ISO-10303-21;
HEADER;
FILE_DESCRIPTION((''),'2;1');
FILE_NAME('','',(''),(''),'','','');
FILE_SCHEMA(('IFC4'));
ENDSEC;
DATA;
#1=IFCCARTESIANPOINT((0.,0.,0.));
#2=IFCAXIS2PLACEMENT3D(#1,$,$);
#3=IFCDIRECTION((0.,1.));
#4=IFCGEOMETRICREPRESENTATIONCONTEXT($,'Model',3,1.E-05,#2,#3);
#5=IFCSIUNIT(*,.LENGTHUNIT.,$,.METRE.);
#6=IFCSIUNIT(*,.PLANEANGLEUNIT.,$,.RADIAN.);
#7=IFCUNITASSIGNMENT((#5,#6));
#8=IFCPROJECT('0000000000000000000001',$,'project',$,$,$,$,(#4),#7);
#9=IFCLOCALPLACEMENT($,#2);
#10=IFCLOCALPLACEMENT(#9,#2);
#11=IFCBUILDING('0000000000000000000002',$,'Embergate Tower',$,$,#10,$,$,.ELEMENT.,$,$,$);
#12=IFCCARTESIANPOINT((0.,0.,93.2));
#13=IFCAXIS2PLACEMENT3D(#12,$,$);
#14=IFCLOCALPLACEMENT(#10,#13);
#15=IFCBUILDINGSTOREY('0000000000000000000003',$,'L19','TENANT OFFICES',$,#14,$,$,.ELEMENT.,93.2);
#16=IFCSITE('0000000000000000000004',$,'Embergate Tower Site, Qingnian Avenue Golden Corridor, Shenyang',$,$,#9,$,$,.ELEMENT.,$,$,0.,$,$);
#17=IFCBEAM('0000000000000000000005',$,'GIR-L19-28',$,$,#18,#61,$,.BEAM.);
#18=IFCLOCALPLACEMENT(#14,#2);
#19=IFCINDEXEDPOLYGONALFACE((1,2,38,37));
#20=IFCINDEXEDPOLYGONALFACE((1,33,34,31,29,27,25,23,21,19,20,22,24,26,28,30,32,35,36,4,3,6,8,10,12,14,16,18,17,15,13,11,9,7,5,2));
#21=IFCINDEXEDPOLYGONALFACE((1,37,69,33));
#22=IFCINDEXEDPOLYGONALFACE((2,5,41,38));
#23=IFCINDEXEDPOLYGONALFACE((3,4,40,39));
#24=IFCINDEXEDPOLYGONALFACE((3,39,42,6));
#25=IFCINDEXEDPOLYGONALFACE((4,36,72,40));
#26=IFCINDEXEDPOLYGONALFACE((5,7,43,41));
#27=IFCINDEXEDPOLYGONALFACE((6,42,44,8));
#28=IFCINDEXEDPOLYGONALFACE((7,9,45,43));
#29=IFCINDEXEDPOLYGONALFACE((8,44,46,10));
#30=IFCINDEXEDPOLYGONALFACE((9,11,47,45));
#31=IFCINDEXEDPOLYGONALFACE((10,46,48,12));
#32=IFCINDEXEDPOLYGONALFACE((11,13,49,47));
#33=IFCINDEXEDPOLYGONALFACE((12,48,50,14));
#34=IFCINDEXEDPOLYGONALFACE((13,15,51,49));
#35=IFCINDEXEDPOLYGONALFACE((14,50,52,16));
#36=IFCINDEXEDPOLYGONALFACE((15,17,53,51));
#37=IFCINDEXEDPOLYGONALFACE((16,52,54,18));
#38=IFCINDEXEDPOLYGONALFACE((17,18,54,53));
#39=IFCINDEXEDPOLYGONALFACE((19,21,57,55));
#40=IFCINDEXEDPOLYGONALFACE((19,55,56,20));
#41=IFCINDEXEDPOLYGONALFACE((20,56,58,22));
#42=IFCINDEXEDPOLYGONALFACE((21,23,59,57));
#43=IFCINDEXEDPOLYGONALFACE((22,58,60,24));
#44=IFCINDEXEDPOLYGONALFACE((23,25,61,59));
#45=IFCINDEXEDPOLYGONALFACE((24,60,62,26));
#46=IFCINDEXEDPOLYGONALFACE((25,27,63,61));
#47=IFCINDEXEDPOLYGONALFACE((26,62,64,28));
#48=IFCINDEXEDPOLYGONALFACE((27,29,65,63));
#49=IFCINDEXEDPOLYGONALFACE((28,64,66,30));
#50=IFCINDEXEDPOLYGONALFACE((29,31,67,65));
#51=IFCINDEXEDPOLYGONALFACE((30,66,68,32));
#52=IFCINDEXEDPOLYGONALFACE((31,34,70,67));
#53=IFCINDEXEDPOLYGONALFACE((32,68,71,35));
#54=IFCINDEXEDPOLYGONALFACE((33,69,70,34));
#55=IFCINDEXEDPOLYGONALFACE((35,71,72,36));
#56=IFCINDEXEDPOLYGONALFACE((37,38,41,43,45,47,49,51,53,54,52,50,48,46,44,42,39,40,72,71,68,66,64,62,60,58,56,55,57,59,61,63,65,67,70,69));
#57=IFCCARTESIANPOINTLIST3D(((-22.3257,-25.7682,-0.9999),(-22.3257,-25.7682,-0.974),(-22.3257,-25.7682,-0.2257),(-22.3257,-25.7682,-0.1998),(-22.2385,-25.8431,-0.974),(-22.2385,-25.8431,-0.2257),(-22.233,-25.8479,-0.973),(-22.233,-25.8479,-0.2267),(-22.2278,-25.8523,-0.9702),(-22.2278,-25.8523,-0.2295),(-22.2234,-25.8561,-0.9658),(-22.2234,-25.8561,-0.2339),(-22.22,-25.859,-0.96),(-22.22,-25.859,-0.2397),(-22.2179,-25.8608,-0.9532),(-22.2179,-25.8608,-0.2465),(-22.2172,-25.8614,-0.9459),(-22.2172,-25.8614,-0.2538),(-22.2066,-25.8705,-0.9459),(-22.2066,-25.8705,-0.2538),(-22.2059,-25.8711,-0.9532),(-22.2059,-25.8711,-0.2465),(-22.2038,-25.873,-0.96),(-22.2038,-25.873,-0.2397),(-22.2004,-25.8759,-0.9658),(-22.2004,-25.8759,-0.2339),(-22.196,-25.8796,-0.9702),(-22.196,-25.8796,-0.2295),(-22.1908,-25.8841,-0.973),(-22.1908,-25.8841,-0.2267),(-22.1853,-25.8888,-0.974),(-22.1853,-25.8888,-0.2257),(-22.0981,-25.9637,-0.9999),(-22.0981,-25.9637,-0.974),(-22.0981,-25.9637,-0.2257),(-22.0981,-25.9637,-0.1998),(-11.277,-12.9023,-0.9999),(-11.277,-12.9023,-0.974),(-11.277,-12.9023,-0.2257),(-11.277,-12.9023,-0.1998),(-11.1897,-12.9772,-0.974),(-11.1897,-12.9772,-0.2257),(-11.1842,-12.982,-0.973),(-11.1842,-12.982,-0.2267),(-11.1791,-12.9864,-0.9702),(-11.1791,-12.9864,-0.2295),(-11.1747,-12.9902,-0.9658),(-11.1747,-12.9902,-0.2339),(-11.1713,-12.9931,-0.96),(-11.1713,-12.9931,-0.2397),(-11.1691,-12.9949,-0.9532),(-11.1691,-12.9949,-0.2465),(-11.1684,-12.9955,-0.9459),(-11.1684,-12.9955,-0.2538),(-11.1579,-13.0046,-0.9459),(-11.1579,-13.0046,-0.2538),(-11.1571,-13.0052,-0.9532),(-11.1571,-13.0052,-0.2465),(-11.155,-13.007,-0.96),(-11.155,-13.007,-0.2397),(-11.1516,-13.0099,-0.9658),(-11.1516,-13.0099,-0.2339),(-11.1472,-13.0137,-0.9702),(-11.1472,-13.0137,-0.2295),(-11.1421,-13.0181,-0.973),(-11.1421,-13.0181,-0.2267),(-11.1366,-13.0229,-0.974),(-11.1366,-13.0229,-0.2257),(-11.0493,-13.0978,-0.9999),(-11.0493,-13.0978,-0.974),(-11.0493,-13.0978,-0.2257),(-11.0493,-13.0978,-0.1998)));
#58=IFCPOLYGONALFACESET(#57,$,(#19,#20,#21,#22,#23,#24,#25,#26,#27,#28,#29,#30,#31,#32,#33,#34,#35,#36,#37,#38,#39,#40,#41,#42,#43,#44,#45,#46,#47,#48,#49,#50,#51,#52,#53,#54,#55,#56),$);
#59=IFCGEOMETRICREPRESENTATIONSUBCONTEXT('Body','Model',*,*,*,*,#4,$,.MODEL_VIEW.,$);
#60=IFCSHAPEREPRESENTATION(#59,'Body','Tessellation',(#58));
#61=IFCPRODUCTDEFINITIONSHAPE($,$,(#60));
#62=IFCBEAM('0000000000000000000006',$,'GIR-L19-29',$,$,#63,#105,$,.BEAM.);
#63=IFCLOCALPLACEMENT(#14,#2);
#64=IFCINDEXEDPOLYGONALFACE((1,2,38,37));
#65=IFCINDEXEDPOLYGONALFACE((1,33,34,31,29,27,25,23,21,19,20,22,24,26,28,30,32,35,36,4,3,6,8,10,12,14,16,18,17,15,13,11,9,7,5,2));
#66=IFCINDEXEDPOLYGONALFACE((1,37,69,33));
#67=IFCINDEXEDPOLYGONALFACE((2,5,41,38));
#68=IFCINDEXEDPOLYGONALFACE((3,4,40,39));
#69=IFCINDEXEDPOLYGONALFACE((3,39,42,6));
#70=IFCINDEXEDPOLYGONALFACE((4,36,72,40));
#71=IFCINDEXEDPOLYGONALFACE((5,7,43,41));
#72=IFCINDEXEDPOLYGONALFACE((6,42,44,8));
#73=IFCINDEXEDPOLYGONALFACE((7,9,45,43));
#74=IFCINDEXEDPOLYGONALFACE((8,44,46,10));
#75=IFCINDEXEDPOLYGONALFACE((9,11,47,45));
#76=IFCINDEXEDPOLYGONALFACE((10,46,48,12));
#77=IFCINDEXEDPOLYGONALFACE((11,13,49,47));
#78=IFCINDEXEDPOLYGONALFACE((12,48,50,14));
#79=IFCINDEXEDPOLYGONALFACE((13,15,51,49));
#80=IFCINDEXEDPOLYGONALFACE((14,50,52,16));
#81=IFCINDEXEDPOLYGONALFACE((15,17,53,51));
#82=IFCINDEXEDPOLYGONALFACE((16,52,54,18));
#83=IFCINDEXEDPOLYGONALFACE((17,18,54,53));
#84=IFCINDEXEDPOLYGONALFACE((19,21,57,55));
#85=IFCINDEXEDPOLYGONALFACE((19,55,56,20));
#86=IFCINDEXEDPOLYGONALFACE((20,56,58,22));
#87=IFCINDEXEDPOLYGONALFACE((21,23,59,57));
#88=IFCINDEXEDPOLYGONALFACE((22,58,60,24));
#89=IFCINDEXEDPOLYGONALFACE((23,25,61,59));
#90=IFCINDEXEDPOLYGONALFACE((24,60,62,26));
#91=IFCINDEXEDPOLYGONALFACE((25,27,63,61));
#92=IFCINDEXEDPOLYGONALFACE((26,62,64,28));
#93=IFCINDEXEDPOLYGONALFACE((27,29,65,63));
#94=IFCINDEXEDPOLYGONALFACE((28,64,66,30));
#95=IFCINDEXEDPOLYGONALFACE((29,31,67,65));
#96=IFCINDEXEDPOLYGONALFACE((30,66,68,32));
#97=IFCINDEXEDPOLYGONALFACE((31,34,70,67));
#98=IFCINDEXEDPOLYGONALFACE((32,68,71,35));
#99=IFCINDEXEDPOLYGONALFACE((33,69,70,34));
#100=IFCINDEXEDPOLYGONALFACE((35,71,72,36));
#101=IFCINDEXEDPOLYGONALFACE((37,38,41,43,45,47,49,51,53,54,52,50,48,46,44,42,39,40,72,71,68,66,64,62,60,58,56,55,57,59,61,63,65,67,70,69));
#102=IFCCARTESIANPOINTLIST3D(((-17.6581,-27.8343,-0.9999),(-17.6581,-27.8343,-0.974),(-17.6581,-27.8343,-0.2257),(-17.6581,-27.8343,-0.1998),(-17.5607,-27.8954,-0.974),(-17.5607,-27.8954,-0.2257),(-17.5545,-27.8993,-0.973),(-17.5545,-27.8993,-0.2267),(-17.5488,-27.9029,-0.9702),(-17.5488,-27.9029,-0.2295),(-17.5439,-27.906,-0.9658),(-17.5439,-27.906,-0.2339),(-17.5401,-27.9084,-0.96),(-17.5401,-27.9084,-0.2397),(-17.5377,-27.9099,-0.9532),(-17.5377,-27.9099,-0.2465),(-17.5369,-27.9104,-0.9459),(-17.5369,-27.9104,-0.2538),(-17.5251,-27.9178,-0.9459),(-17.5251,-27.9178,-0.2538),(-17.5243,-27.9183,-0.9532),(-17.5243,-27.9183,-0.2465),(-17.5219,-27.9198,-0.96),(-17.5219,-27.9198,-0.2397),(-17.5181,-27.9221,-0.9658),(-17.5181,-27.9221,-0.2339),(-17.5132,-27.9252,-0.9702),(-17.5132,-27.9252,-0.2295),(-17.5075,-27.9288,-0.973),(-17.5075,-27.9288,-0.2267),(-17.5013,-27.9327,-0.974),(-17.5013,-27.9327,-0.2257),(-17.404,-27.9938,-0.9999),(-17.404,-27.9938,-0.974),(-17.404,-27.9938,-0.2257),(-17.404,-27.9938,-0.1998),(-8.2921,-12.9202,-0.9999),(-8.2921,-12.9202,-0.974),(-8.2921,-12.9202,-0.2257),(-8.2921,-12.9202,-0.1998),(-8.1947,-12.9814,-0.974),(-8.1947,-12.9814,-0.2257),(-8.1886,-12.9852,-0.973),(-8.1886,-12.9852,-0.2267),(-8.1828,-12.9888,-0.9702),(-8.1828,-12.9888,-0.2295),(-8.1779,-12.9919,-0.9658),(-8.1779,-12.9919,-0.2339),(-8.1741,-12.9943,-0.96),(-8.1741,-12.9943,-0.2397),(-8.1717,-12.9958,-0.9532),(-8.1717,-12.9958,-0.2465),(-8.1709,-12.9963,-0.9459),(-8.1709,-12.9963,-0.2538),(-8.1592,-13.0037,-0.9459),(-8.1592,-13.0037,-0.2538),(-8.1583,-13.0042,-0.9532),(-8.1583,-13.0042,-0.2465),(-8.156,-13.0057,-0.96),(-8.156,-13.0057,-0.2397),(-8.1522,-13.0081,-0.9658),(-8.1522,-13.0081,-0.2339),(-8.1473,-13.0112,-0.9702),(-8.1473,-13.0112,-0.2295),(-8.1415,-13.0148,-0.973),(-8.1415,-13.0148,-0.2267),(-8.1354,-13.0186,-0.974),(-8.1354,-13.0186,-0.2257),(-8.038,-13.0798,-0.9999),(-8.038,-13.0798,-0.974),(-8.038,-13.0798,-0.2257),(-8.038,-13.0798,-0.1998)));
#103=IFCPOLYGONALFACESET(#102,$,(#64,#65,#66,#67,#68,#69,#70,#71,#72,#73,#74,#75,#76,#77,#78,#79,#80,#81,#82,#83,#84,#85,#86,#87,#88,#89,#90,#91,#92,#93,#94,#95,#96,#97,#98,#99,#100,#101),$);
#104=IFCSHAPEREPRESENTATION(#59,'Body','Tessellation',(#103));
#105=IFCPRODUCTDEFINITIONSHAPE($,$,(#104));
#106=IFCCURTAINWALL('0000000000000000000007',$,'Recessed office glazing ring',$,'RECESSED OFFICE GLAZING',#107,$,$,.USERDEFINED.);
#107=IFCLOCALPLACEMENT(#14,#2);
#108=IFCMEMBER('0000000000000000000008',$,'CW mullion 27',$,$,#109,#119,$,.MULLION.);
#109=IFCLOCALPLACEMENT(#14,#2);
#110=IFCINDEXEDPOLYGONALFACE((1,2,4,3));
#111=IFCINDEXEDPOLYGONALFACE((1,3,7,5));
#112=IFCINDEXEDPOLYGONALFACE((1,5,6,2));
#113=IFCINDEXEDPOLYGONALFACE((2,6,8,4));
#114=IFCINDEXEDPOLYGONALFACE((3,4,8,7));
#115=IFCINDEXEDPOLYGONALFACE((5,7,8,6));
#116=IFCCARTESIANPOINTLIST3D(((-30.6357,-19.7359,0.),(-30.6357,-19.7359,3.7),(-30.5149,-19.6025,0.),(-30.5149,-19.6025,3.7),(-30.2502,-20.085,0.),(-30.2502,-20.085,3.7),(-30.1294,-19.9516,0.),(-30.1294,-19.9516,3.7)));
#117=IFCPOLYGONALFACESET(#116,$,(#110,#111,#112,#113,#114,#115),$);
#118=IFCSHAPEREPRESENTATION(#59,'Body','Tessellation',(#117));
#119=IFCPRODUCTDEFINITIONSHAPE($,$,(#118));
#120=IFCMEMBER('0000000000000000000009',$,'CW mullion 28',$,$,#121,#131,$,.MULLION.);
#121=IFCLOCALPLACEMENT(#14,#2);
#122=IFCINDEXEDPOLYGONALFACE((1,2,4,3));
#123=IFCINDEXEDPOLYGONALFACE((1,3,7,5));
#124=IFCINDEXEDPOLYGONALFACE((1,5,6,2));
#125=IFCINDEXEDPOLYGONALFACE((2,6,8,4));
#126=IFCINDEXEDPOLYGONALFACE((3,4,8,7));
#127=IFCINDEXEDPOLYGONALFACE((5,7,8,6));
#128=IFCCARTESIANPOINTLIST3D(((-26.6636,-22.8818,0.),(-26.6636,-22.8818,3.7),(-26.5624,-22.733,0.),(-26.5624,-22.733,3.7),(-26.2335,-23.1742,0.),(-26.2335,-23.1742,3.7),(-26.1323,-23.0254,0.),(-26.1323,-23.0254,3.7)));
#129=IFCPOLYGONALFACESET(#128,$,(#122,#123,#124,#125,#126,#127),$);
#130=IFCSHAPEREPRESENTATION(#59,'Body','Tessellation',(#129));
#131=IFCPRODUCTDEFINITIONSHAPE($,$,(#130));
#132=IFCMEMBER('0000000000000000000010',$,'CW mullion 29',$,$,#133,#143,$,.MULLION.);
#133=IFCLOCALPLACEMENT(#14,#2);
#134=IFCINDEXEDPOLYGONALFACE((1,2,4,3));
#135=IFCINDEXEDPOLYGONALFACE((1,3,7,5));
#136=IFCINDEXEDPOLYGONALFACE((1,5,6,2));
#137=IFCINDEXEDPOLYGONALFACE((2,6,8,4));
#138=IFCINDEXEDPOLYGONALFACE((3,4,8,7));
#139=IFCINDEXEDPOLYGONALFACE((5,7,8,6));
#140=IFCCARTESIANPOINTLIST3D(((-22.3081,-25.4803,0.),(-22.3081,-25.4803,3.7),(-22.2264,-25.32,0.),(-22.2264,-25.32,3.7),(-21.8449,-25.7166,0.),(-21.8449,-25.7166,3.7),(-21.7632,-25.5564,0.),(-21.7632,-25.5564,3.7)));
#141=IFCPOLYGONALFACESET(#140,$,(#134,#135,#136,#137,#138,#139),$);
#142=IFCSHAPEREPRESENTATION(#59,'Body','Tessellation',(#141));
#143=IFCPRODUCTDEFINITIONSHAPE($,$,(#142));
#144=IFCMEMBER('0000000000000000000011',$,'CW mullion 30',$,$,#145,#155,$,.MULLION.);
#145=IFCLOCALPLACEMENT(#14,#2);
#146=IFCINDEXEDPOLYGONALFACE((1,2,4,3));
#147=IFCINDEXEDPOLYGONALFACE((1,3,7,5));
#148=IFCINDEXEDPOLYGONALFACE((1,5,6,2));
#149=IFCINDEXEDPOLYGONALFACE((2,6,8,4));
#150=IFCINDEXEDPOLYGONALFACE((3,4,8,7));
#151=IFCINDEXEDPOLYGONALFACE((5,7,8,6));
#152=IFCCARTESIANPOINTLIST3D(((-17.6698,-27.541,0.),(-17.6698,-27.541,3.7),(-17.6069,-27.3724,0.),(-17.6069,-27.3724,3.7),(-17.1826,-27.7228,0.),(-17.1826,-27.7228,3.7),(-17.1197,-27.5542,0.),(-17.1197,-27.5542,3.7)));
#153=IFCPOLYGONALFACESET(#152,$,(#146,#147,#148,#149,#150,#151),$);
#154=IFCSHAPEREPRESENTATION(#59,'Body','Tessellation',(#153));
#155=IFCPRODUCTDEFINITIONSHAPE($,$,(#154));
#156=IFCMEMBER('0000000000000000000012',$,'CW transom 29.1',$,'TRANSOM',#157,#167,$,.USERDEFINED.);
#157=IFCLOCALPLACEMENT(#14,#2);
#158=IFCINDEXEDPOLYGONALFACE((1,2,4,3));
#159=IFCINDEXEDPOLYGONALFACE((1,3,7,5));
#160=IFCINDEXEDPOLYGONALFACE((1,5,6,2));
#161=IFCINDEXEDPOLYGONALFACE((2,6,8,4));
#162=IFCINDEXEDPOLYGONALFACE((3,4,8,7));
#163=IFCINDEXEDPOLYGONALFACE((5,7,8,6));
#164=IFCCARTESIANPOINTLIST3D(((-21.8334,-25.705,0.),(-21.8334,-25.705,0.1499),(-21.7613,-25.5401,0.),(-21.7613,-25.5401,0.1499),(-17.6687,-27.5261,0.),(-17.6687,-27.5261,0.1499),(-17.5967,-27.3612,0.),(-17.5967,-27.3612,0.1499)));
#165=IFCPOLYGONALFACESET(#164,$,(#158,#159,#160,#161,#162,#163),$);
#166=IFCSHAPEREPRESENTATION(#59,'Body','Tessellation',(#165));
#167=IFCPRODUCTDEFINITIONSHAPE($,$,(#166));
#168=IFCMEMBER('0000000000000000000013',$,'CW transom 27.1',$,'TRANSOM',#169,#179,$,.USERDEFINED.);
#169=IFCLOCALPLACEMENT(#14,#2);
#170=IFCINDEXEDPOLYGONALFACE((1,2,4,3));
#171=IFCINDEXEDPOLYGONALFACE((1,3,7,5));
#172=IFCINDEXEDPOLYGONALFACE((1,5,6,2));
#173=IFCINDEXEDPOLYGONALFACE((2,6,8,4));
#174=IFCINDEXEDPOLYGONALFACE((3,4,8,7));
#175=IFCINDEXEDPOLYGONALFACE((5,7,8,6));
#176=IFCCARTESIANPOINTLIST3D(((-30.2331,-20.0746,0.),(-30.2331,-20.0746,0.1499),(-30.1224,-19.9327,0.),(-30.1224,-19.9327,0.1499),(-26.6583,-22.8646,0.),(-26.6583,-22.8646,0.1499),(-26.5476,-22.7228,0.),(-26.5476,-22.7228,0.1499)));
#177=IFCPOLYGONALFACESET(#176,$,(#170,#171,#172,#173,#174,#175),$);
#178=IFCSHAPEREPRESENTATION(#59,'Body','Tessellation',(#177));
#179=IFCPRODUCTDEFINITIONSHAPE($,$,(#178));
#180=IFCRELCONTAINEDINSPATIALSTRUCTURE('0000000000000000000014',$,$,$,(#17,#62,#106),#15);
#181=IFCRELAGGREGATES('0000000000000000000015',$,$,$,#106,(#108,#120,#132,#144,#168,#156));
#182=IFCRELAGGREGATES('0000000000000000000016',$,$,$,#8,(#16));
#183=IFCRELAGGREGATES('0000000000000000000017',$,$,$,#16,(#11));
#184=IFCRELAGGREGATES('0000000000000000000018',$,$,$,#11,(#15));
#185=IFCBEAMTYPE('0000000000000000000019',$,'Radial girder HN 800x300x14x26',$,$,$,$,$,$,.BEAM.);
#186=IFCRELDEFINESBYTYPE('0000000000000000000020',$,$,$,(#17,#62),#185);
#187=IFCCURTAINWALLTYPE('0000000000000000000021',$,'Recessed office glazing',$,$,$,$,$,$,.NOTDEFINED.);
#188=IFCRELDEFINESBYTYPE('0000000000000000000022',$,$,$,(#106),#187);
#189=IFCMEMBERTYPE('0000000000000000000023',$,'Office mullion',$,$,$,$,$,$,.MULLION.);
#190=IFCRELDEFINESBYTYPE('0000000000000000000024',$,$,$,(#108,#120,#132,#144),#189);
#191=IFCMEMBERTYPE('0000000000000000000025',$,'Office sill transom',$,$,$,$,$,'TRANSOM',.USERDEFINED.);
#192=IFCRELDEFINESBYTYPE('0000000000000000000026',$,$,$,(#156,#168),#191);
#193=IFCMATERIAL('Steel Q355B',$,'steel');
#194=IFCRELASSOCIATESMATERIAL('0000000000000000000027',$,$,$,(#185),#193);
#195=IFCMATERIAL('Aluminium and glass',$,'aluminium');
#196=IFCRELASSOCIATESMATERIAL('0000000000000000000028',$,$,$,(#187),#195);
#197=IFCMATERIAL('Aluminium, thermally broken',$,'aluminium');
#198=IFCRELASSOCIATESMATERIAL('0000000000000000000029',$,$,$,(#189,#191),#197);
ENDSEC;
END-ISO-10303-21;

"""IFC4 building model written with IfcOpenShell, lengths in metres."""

from ifc_helpers import new_model, si_unit, direction, frame, origin, origin_2d, place, context, subcontext, project, spatial, rectangle, i_section, extrude, source, transform, mapped, material, material_profile, profile_set, type_object, element, aggregate, save


model = new_model("IFC4")

# Units and contexts
model_context = context("Model", 3, precision=1e-05, world=origin(), true_north=direction((0.0, 1.0)))
body_context = subcontext(model_context, "Body", "Model", "MODEL_VIEW")
ifc_project = project(units=[si_unit("LENGTHUNIT", "METRE"), si_unit("PLANEANGLEUNIT", "RADIAN")], contexts=[model_context])

# Site, building, storey
site_placement = place(None, origin())
site = spatial("IfcSite", under=ifc_project, at=site_placement, Name="Embergate Tower Site, Qingnian Avenue Golden Corridor, Shenyang", CompositionType="ELEMENT", RefElevation=0.0)
building_placement = place(site_placement, origin())
building = spatial("IfcBuilding", under=site, at=building_placement, Name="Embergate Tower", CompositionType="ELEMENT")
storey_placement = place(building_placement, frame((0.0, 0.0, 93.2)))
storey = spatial("IfcBuildingStorey", under=building, at=storey_placement, Name="L19", Description="TENANT OFFICES", CompositionType="ELEMENT", Elevation=93.2)

# Beams
ifc_material_1 = material(Name="Steel Q355B", Category="steel")
ifc_material_profile_1 = material_profile(ifc_material_1, i_section(OverallWidth=0.3, OverallDepth=0.8, WebThickness=0.0139, FlangeThickness=0.0259, FilletRadius=0.0281, at=origin_2d()), Name="HN 800x300x14x26")
ifc_profile_set_1 = profile_set([ifc_material_profile_1], Name="Steel Q355 grade B")
beam_type_1 = type_object("IfcBeamType", Name="Radial girder HN 800x300x14x26", PredefinedType="BEAM", material=ifc_profile_set_1)
shared_shape_1 = source(origin(), body_context, "Body", "SweptSolid", [
    extrude(i_section(OverallWidth=0.3, OverallDepth=0.8, WebThickness=0.0139, FlangeThickness=0.0259, FilletRadius=0.0281, at=origin_2d()), origin(), (0.0, 0.0, 1.0), 16.959),
])
beam_1_placement = place(storey_placement, frame((-22.2119, -25.866, -0.5999), z_axis=(0.6515, 0.758649, 0.0), x_axis=(-0.758649, 0.6515, 0.0)))
element("IfcBeam", 1, at=beam_1_placement, inside=storey, type_object=beam_type_1, Name="GIR-L19-28", PredefinedType="BEAM", context=body_context, shape_type="MappedRepresentation", body=[
    mapped(shared_shape_1, transform((0.0, 0.0, 0.0))),
])
shared_shape_2 = source(origin(), body_context, "Body", "SweptSolid", [
    extrude(i_section(OverallWidth=0.3, OverallDepth=0.8, WebThickness=0.0139, FlangeThickness=0.0259, FilletRadius=0.0281, at=origin_2d()), origin(), (0.0, 0.0, 1.0), 17.6111),
])
beam_2_placement = place(storey_placement, frame((-17.531, -27.9141, -0.5999), z_axis=(0.531822, 0.846856, 0.0), x_axis=(-0.846856, 0.531822, 0.0)))
element("IfcBeam", 2, at=beam_2_placement, inside=storey, type_object=beam_type_1, Name="GIR-L19-29", PredefinedType="BEAM", context=body_context, shape_type="MappedRepresentation", body=[
    mapped(shared_shape_2, transform((0.0, 0.0, 0.0))),
])

# Curtain wall, members
ifc_material_2 = material(Name="Aluminium and glass", Category="aluminium")
curtain_wall_type = type_object("IfcCurtainWallType", Name="Recessed office glazing", PredefinedType="NOTDEFINED", material=ifc_material_2)
curtain_wall_placement = place(storey_placement, origin())
curtain_wall = element("IfcCurtainWall", 3, at=curtain_wall_placement, inside=storey, type_object=curtain_wall_type, Name="Recessed office glazing ring", ObjectType="RECESSED OFFICE GLAZING", PredefinedType="USERDEFINED")
ifc_material_3 = material(Name="Aluminium, thermally broken", Category="aluminium")
ifc_material_profile_2 = material_profile(ifc_material_3, rectangle(XDim=0.1799, YDim=0.52, at=origin_2d()), Name="AL 520x180")
ifc_profile_set_2 = profile_set([ifc_material_profile_2], Name="Aluminium, thermally broken")
member_type_1 = type_object("IfcMemberType", Name="Office mullion", PredefinedType="MULLION", material=ifc_profile_set_2)
shared_shape_3 = source(origin(), body_context, "Body", "SweptSolid", [
    extrude(rectangle(XDim=0.1799, YDim=0.52, at=origin_2d()), origin(), (0.0, 0.0, 1.0), 3.7),
])
member_1_placement = place(storey_placement, frame((-30.3826, -19.8438, 0.0), z_axis=(0.0, 0.0, 1.0), x_axis=(0.671232, 0.741248, 0.0)))
member_1 = element("IfcMember", 4, at=member_1_placement, type_object=member_type_1, Name="CW mullion 27", PredefinedType="MULLION", context=body_context, shape_type="MappedRepresentation", body=[
    mapped(shared_shape_3, transform((0.0, 0.0, 0.0))),
])
member_2_placement = place(storey_placement, frame((-26.3979, -22.9536, 0.0), z_axis=(0.0, 0.0, 1.0), x_axis=(0.562221, 0.826987, 0.0)))
member_2 = element("IfcMember", 5, at=member_2_placement, type_object=member_type_1, Name="CW mullion 28", PredefinedType="MULLION", context=body_context, shape_type="MappedRepresentation", body=[
    mapped(shared_shape_3, transform((0.0, 0.0, 0.0))),
])
member_3_placement = place(storey_placement, frame((-22.0356, -25.5183, 0.0), z_axis=(0.0, 0.0, 1.0), x_axis=(0.454514, 0.890739, 0.0)))
member_3 = element("IfcMember", 6, at=member_3_placement, type_object=member_type_1, Name="CW mullion 29", PredefinedType="MULLION", context=body_context, shape_type="MappedRepresentation", body=[
    mapped(shared_shape_3, transform((0.0, 0.0, 0.0))),
])
member_4_placement = place(storey_placement, frame((-17.3948, -27.5476, 0.0), z_axis=(0.0, 0.0, 1.0), x_axis=(0.349504, 0.936935, 0.0)))
member_4 = element("IfcMember", 7, at=member_4_placement, type_object=member_type_1, Name="CW mullion 30", PredefinedType="MULLION", context=body_context, shape_type="MappedRepresentation", body=[
    mapped(shared_shape_3, transform((0.0, 0.0, 0.0))),
])
ifc_material_profile_3 = material_profile(ifc_material_3, rectangle(XDim=0.1799, YDim=0.1499, at=origin_2d()), Name="AL 150x180")
ifc_profile_set_3 = profile_set([ifc_material_profile_3], Name="Aluminium, thermally broken")
member_type_2 = type_object("IfcMemberType", Name="Office sill transom", ElementType="TRANSOM", PredefinedType="USERDEFINED", material=ifc_profile_set_3)
shared_shape_4 = source(origin(), body_context, "Body", "SweptSolid", [
    extrude(rectangle(XDim=0.1799, YDim=0.1499, at=origin_2d()), origin(), (0.0, 0.0, 1.0), 4.5454),
])
member_5_placement = place(storey_placement, frame((-21.7974, -25.6226, 0.075), z_axis=(0.916234, -0.400644, 0.0), x_axis=(0.400644, 0.916234, 0.0)))
member_5 = element("IfcMember", 8, at=member_5_placement, type_object=member_type_2, Name="CW transom 29.1", ObjectType="TRANSOM", PredefinedType="USERDEFINED", context=body_context, shape_type="MappedRepresentation", body=[
    mapped(shared_shape_4, transform((0.0, 0.0, 0.0))),
])
shared_shape_5 = source(origin(), body_context, "Body", "SweptSolid", [
    extrude(rectangle(XDim=0.1799, YDim=0.1499, at=origin_2d()), origin(), (0.0, 0.0, 1.0), 4.5347),
])
member_6_placement = place(storey_placement, frame((-30.1777, -20.0037, 0.075), z_axis=(0.788313, -0.615274, 0.0), x_axis=(0.615274, 0.788313, 0.0)))
member_6 = element("IfcMember", 9, at=member_6_placement, type_object=member_type_2, Name="CW transom 27.1", ObjectType="TRANSOM", PredefinedType="USERDEFINED", context=body_context, shape_type="MappedRepresentation", body=[
    mapped(shared_shape_5, transform((0.0, 0.0, 0.0))),
])
aggregate(curtain_wall, [member_1, member_2, member_3, member_4, member_6, member_5])

save(model, "model.ifc")
